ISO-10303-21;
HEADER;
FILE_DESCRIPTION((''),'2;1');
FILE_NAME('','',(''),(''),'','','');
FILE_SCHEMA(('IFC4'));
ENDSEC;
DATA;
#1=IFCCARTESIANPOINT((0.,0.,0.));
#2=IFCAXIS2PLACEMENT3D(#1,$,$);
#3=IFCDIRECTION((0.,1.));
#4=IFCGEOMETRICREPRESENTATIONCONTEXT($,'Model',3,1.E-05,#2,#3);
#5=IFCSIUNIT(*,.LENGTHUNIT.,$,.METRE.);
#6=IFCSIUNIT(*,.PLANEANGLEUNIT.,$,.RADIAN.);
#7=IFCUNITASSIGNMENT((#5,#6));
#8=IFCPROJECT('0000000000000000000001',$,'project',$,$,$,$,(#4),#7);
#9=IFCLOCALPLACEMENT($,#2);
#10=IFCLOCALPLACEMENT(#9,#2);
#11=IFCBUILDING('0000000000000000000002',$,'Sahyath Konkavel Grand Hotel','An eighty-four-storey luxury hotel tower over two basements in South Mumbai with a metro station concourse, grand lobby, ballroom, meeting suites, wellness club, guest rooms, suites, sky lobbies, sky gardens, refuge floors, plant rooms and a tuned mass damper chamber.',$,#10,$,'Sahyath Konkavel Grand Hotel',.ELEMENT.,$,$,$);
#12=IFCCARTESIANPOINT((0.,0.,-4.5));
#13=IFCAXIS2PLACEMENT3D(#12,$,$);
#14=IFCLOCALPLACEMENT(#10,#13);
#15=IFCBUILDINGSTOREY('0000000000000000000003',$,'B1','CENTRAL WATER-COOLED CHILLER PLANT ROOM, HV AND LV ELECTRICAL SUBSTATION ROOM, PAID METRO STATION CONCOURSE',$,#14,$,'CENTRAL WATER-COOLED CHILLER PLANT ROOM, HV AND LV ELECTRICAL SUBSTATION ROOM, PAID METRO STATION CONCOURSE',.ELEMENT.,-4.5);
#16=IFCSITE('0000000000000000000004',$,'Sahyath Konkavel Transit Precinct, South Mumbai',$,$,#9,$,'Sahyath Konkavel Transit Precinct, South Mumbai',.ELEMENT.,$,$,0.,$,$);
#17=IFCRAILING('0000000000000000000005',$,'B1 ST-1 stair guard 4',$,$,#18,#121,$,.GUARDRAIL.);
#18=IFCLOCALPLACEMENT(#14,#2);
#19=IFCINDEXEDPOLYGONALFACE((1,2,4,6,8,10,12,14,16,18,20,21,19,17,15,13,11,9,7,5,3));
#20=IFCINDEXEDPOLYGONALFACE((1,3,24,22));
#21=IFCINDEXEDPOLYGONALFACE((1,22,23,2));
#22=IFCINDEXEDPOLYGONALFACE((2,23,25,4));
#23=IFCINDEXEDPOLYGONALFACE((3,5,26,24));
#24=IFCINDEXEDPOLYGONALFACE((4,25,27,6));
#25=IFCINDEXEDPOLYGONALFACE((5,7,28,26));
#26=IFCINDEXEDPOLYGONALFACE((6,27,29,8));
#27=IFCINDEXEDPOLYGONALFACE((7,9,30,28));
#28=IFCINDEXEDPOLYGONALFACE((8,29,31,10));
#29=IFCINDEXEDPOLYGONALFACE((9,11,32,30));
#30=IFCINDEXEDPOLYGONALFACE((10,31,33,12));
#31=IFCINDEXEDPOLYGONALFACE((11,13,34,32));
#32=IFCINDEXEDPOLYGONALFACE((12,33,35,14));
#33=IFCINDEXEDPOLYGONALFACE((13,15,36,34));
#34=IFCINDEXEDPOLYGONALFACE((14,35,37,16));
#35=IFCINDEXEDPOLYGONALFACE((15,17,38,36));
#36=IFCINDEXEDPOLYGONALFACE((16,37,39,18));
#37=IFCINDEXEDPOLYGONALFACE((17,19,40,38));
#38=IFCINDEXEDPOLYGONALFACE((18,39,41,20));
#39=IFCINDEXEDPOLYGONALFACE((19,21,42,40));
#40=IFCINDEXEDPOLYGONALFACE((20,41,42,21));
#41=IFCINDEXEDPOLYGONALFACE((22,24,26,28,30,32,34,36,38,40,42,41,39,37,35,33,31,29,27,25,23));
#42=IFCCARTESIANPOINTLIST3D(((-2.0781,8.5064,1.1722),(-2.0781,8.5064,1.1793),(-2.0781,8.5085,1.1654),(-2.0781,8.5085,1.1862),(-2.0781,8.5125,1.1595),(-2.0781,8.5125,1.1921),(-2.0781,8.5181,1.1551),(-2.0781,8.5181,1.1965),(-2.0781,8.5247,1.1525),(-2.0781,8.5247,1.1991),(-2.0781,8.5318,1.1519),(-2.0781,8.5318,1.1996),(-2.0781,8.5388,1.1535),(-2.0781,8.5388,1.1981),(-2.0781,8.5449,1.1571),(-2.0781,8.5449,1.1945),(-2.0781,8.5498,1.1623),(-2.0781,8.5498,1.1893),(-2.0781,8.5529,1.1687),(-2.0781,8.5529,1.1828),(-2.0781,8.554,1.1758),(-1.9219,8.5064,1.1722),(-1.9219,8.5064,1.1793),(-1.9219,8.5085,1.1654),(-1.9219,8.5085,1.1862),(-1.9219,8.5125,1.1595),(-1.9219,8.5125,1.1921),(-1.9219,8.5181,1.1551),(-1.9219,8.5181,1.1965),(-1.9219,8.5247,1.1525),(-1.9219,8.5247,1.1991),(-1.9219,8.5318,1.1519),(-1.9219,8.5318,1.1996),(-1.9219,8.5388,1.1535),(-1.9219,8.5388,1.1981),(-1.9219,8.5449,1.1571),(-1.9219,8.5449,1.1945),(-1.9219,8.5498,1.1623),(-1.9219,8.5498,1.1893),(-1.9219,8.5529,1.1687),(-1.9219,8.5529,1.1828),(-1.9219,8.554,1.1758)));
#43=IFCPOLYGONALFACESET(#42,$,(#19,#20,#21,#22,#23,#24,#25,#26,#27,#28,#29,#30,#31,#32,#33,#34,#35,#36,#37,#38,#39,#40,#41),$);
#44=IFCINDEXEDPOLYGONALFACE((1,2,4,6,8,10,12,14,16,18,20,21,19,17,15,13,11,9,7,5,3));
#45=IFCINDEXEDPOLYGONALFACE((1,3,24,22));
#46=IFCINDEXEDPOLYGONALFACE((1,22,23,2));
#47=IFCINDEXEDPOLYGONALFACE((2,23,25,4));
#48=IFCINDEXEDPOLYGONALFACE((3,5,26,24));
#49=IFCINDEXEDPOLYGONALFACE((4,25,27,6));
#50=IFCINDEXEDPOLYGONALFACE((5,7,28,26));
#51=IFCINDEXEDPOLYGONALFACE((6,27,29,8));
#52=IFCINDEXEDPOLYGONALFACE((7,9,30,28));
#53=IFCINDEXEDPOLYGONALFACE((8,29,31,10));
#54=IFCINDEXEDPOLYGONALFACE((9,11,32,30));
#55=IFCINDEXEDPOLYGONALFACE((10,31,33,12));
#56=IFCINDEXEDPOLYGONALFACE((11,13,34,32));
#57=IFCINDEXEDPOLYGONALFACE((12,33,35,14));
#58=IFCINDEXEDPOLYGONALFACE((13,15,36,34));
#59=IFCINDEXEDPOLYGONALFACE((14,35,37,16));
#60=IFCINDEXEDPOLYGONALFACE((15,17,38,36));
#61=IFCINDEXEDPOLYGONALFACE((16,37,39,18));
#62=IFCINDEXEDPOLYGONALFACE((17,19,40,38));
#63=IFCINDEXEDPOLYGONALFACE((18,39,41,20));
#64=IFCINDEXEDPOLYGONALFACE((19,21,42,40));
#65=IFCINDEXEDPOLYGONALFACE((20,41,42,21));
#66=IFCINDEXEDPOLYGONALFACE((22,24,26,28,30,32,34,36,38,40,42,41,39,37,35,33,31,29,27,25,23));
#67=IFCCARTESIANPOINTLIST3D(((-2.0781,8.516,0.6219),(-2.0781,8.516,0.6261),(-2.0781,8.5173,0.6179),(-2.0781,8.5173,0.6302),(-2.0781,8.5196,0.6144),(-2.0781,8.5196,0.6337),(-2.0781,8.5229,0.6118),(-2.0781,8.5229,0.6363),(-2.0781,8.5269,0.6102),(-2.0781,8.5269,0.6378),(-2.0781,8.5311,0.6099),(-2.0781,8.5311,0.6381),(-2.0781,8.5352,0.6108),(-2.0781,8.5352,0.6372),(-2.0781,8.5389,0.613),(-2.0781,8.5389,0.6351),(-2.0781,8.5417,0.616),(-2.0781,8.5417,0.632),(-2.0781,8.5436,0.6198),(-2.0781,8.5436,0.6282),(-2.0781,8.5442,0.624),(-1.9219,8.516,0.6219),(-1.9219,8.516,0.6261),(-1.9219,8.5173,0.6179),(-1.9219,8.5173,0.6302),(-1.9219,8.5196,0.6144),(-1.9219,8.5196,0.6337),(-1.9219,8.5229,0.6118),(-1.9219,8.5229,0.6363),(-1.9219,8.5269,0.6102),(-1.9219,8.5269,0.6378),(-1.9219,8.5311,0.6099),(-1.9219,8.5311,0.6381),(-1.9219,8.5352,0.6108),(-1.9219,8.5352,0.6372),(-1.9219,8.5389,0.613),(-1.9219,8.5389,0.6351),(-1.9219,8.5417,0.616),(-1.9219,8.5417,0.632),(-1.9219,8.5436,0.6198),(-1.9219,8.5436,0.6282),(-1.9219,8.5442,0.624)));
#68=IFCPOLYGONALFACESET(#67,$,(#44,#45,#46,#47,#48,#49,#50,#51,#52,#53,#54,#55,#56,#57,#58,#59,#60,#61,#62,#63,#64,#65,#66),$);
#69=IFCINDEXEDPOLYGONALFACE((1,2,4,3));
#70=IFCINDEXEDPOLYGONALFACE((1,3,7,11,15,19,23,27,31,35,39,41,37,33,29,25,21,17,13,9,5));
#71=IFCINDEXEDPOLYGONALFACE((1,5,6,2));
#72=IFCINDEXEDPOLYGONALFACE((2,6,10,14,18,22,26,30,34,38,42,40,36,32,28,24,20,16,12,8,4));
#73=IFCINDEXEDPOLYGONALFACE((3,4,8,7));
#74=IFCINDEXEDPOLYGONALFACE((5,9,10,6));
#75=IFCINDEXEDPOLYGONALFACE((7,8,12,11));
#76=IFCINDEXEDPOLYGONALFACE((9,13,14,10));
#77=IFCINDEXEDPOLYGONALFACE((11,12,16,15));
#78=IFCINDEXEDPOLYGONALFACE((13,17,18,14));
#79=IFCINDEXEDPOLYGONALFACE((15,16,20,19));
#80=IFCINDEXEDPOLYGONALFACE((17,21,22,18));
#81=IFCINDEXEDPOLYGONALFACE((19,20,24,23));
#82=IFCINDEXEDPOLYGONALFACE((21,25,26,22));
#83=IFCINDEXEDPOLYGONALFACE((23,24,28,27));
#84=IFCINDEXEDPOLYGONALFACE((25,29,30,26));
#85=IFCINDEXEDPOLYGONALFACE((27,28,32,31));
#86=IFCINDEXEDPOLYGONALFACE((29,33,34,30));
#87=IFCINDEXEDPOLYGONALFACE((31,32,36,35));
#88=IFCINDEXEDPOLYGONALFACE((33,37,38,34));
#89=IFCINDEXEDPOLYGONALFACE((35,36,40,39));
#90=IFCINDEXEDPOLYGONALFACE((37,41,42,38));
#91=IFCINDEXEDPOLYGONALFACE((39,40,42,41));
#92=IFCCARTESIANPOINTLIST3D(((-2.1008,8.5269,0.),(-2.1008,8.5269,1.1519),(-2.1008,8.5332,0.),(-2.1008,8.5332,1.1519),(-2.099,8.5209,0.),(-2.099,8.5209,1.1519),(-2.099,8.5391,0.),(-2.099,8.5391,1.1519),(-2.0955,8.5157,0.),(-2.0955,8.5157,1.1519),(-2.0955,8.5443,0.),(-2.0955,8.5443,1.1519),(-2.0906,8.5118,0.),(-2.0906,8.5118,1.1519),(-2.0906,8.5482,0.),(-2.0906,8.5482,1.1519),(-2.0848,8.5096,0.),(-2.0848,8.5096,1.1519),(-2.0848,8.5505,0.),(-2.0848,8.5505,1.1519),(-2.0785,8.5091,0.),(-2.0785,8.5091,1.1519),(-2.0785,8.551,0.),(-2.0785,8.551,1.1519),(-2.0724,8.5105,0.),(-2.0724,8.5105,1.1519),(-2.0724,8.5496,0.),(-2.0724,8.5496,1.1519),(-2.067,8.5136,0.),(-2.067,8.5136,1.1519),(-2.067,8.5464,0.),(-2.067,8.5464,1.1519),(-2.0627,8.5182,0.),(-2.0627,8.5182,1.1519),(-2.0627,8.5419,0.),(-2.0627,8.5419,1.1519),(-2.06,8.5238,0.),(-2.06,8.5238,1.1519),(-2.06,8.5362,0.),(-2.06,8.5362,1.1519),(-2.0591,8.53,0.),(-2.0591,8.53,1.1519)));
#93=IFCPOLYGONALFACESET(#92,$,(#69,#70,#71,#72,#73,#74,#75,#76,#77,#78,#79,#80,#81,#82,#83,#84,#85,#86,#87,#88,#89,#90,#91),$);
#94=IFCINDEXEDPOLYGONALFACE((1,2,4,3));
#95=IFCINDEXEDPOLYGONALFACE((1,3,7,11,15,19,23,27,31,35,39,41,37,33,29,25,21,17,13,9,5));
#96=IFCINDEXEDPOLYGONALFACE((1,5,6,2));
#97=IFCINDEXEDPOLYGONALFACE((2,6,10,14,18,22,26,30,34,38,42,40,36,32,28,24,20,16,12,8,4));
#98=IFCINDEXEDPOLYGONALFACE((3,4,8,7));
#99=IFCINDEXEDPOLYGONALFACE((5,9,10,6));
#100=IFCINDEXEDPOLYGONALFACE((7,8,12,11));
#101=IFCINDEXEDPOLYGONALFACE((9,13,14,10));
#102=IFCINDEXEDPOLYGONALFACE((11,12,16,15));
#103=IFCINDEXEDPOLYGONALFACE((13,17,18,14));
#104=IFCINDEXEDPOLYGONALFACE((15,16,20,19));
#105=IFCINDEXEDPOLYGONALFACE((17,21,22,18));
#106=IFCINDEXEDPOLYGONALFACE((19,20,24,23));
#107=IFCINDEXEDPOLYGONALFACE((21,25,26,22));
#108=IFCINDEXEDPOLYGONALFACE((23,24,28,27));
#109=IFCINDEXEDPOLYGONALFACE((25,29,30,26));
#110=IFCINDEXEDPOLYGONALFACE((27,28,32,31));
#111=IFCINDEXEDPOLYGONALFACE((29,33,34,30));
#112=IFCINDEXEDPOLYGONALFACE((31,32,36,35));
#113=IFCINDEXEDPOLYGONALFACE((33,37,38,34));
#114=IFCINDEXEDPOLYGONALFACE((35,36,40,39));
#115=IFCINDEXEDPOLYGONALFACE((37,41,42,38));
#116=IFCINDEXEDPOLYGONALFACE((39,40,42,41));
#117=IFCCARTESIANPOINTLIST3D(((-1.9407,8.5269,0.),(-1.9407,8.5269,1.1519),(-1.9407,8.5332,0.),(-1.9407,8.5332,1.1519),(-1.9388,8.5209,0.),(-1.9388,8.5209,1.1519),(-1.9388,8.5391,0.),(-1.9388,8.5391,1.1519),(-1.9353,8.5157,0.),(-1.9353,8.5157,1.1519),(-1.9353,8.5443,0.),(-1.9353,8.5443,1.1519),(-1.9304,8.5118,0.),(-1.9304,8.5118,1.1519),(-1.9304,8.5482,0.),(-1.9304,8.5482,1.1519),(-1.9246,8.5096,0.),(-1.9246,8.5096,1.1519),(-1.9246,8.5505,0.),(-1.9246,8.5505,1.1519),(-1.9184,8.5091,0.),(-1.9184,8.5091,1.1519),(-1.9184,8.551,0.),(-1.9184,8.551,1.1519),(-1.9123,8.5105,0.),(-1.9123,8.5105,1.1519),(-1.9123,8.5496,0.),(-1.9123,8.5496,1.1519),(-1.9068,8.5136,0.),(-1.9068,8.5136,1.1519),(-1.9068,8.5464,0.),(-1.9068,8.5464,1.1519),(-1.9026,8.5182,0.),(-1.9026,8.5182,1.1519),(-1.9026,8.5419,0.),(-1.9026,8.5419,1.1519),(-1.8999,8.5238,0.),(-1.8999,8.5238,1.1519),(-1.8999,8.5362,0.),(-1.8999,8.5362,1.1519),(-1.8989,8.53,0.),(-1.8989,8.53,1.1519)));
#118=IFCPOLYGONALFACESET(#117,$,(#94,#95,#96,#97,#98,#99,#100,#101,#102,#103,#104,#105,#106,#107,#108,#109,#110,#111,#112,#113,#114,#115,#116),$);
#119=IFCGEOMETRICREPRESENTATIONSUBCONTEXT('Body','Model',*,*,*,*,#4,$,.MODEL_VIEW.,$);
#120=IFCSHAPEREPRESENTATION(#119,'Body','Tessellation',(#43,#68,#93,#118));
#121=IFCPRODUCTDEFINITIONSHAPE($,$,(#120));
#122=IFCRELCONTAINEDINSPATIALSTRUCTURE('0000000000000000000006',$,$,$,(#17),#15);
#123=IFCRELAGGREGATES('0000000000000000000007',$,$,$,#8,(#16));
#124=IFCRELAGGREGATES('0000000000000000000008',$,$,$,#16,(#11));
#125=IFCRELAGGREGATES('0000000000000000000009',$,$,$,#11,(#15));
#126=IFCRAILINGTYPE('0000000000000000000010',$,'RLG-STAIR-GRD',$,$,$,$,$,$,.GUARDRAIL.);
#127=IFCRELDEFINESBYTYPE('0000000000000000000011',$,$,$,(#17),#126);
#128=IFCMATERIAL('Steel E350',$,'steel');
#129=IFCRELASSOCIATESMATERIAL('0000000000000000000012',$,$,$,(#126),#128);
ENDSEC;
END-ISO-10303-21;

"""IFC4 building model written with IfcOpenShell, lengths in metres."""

from ifc_helpers import new_model, si_unit, direction, frame, origin, origin_2d, place, context, subcontext, project, spatial, circle, extrude, material, type_object, element, save


model = new_model("IFC4")

# Units and contexts
model_context = context("Model", 3, precision=1e-05, world=origin(), true_north=direction((0.0, 1.0)))
body_context = subcontext(model_context, "Body", "Model", "MODEL_VIEW")
ifc_project = project(units=[si_unit("LENGTHUNIT", "METRE"), si_unit("PLANEANGLEUNIT", "RADIAN")], contexts=[model_context])

# Site, building, storey
site_placement = place(None, origin())
site = spatial("IfcSite", under=ifc_project, at=site_placement, Name="Sahyath Konkavel Transit Precinct, South Mumbai", LongName="Sahyath Konkavel Transit Precinct, South Mumbai", CompositionType="ELEMENT", RefElevation=0.0)
building_placement = place(site_placement, origin())
building = spatial("IfcBuilding", under=site, at=building_placement, Name="Sahyath Konkavel Grand Hotel", Description="An eighty-four-storey luxury hotel tower over two basements in South Mumbai with a metro station concourse, grand lobby, ballroom, meeting suites, wellness club, guest rooms, suites, sky lobbies, sky gardens, refuge floors, plant rooms and a tuned mass damper chamber.", LongName="Sahyath Konkavel Grand Hotel", CompositionType="ELEMENT")
storey_placement = place(building_placement, frame((0.0, 0.0, -4.5)))
storey = spatial("IfcBuildingStorey", under=building, at=storey_placement, Name="B1", Description="CENTRAL WATER-COOLED CHILLER PLANT ROOM, HV AND LV ELECTRICAL SUBSTATION ROOM, PAID METRO STATION CONCOURSE", LongName="CENTRAL WATER-COOLED CHILLER PLANT ROOM, HV AND LV ELECTRICAL SUBSTATION ROOM, PAID METRO STATION CONCOURSE", CompositionType="ELEMENT", Elevation=-4.5)

# Shared definitions
ifc_material_1 = material(Name="Steel E350", Category="steel")

# Railing
railing_type_1 = type_object("IfcRailingType", Name="RLG-STAIR-GRD", PredefinedType="GUARDRAIL", material=ifc_material_1)
railing_1_placement = place(storey_placement, frame((-2.0801, 8.53, 0.0)))
element("IfcRailing", 1, at=railing_1_placement, inside=storey, type_object=railing_type_1, Name="B1 ST-1 stair guard 4", PredefinedType="GUARDRAIL", context=body_context, shape_type="SweptSolid", body=[
    extrude(circle(Radius=0.0239, at=origin_2d()), frame((0.002, 0.0, 1.1758), z_axis=(1.0, 0.0, 0.0), x_axis=(0.0, 1.0, 0.0)), (0.0, 0.0, 1.0), 0.1562),
    extrude(circle(Radius=0.0142, at=origin_2d()), frame((0.002, 0.0, 0.624), z_axis=(1.0, 0.0, 0.0), x_axis=(0.0, 1.0, 0.0)), (0.0, 0.0, 1.0), 0.1562),
    extrude(circle(Radius=0.021, at=origin_2d()), origin(), (0.0, 0.0, 1.0), 1.1519),
    extrude(circle(Radius=0.021, at=origin_2d()), frame((0.1602, 0.0, 0.0)), (0.0, 0.0, 1.0), 1.1519),
])

save(model, "model.ifc")
